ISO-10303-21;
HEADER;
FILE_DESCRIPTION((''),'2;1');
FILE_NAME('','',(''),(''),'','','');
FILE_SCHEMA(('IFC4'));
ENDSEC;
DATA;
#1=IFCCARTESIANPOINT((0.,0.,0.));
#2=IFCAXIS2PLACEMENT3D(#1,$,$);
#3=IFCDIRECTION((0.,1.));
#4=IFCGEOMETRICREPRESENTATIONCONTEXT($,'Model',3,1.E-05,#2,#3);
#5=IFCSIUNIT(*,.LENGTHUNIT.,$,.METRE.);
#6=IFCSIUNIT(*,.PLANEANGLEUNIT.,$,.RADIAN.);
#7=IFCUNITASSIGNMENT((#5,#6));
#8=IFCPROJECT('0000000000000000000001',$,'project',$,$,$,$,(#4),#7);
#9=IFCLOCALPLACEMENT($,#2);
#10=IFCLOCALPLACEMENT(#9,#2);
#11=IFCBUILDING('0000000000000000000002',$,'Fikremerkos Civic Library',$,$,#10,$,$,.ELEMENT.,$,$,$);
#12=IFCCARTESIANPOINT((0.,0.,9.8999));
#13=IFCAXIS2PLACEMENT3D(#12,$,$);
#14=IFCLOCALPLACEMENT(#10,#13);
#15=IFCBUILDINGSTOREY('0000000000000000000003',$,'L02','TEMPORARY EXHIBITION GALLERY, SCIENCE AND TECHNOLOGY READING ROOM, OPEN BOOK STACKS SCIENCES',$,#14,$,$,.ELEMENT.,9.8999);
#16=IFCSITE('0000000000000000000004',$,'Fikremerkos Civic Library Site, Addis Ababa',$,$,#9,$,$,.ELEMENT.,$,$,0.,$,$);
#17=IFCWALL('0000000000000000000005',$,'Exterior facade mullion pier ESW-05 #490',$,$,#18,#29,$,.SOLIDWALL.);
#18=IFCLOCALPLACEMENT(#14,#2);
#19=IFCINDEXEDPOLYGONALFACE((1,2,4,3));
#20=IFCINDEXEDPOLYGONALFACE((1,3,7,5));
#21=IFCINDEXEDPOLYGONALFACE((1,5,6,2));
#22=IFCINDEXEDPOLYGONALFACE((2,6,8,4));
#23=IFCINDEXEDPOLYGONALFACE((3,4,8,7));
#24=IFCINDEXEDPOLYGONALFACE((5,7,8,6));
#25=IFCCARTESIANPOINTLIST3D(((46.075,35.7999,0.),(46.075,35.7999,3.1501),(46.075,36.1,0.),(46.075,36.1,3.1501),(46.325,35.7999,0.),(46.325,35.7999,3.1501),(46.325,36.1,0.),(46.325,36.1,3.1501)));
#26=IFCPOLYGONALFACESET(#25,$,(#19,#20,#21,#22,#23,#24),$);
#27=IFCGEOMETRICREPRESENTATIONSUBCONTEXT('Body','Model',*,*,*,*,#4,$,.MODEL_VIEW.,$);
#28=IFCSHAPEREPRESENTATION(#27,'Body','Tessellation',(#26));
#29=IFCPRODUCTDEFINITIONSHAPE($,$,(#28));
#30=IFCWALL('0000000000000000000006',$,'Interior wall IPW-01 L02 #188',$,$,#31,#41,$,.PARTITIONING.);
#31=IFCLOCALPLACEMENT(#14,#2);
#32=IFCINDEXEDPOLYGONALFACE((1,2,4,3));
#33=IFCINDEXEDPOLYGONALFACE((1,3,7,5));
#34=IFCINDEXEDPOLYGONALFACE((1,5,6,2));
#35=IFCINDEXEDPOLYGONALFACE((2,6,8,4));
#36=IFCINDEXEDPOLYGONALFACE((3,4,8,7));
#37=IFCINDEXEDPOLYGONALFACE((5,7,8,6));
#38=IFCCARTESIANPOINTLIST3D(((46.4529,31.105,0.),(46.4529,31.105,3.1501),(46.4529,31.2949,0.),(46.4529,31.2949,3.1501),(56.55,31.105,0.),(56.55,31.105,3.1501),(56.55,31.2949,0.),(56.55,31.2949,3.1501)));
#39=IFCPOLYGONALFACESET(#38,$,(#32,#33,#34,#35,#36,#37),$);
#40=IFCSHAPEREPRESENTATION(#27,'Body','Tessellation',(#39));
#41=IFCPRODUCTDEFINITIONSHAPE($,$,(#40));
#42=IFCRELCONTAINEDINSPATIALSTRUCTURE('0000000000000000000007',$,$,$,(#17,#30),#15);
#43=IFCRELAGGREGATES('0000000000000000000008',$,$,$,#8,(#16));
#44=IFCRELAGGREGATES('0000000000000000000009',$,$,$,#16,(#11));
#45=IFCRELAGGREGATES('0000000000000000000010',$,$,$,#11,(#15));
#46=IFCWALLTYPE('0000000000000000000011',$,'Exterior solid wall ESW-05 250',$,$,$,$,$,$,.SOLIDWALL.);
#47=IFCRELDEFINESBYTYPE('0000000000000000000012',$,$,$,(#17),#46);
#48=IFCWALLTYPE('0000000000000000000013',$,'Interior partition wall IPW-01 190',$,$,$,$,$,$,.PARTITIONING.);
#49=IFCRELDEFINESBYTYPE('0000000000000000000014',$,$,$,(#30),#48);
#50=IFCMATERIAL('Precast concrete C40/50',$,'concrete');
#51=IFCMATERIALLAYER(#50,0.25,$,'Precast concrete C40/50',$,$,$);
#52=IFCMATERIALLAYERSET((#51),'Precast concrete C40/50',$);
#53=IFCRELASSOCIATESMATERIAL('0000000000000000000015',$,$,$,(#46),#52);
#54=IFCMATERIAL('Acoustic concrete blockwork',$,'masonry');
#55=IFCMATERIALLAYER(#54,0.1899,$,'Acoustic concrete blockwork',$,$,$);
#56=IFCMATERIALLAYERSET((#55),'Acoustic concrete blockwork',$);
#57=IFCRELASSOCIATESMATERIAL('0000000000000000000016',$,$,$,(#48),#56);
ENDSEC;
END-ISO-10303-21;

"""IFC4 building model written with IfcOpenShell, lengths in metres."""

from ifc_helpers import new_model, si_unit, direction, frame, frame_2d, origin, place, context, subcontext, project, spatial, rectangle, extrude, material, layer, layer_set, type_object, element, save


model = new_model("IFC4")

# Units and contexts
model_context = context("Model", 3, precision=1e-05, world=origin(), true_north=direction((0.0, 1.0)))
body_context = subcontext(model_context, "Body", "Model", "MODEL_VIEW")
ifc_project = project(units=[si_unit("LENGTHUNIT", "METRE"), si_unit("PLANEANGLEUNIT", "RADIAN")], contexts=[model_context])

# Site, building, storey
site_placement = place(None, origin())
site = spatial("IfcSite", under=ifc_project, at=site_placement, Name="Fikremerkos Civic Library Site, Addis Ababa", CompositionType="ELEMENT", RefElevation=0.0)
building_placement = place(site_placement, origin())
building = spatial("IfcBuilding", under=site, at=building_placement, Name="Fikremerkos Civic Library", CompositionType="ELEMENT")
storey_placement = place(building_placement, frame((0.0, 0.0, 9.8999)))
storey = spatial("IfcBuildingStorey", under=building, at=storey_placement, Name="L02", Description="TEMPORARY EXHIBITION GALLERY, SCIENCE AND TECHNOLOGY READING ROOM, OPEN BOOK STACKS SCIENCES", CompositionType="ELEMENT", Elevation=9.8999)

# Walls
ifc_material_1 = material(Name="Precast concrete C40/50", Category="concrete")
ifc_layer_1 = layer(ifc_material_1, 0.25, Name="Precast concrete C40/50")
ifc_layer_set_1 = layer_set([ifc_layer_1], Name="Precast concrete C40/50")
wall_type_1 = type_object("IfcWallType", Name="Exterior solid wall ESW-05 250", PredefinedType="SOLIDWALL", material=ifc_layer_set_1)
wall_1_placement = place(storey_placement, frame((46.2, 35.8, 0.0), z_axis=(0.0, 0.0, 1.0), x_axis=(0.0, 1.0, 0.0)))
element("IfcWall", 1, at=wall_1_placement, inside=storey, type_object=wall_type_1, Name="Exterior facade mullion pier ESW-05 #490", PredefinedType="SOLIDWALL", context=body_context, shape_type="SweptSolid", body=[
    extrude(rectangle(XDim=0.3, YDim=0.25, at=frame_2d((0.1499, 0.0))), origin(), (0.0, 0.0, 1.0), 3.1501),
])
ifc_material_2 = material(Name="Acoustic concrete blockwork", Category="masonry")
ifc_layer_2 = layer(ifc_material_2, 0.1899, Name="Acoustic concrete blockwork")
ifc_layer_set_2 = layer_set([ifc_layer_2], Name="Acoustic concrete blockwork")
wall_type_2 = type_object("IfcWallType", Name="Interior partition wall IPW-01 190", PredefinedType="PARTITIONING", material=ifc_layer_set_2)
wall_2_placement = place(storey_placement, frame((46.4529, 31.2, 0.0), z_axis=(0.0, 0.0, 1.0), x_axis=(1.0, 0.0, 0.0)))
element("IfcWall", 2, at=wall_2_placement, inside=storey, type_object=wall_type_2, Name="Interior wall IPW-01 L02 #188", PredefinedType="PARTITIONING", context=body_context, shape_type="SweptSolid", body=[
    extrude(rectangle(XDim=10.0972, YDim=0.1899, at=frame_2d((5.0486, 0.0))), origin(), (0.0, 0.0, 1.0), 3.1501),
])

save(model, "model.ifc")
